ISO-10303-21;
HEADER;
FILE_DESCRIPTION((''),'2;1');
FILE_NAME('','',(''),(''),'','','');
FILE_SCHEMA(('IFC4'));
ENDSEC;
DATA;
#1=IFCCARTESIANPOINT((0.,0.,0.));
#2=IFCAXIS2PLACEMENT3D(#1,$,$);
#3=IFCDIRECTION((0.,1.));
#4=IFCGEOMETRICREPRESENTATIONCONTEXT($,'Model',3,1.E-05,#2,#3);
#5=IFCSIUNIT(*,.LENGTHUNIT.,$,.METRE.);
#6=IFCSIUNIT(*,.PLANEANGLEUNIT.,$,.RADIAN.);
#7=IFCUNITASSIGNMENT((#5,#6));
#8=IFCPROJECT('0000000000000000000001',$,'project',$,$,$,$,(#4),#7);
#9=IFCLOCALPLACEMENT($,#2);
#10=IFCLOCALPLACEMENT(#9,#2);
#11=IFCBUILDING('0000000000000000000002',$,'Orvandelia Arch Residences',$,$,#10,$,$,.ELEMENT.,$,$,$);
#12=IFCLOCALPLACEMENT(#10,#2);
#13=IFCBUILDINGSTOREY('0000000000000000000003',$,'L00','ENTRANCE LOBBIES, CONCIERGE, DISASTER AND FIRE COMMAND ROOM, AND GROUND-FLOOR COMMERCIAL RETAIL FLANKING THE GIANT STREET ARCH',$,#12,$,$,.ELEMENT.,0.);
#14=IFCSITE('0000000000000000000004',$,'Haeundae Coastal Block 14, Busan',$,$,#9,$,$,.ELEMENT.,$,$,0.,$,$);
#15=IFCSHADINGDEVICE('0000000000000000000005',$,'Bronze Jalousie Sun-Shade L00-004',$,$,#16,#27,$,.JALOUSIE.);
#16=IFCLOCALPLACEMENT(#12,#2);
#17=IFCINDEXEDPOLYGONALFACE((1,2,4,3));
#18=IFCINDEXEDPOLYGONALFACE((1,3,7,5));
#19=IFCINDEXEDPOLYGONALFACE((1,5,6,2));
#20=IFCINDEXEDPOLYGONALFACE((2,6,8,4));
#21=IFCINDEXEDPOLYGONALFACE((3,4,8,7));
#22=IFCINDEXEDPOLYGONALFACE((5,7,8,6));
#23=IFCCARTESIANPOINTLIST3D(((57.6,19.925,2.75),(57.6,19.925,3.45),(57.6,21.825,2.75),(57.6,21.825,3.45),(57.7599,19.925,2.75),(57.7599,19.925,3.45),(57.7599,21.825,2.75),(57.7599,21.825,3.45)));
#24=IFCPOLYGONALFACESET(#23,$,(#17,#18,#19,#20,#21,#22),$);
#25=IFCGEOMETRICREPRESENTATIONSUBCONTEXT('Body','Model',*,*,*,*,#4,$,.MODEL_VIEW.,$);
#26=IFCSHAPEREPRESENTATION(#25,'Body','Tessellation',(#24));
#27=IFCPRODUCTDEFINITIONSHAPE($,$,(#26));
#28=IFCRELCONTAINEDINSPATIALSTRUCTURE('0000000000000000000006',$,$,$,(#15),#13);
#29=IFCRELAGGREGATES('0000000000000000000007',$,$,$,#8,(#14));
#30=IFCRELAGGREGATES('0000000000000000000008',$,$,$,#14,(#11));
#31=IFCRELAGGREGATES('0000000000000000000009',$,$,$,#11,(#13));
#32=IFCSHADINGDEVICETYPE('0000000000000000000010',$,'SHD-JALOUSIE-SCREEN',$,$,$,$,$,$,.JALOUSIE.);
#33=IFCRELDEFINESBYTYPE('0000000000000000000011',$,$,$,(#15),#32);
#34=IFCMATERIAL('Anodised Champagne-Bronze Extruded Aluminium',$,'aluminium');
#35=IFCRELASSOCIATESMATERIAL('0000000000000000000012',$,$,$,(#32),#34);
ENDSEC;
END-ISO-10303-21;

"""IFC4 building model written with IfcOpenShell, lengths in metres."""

from ifc_helpers import new_model, si_unit, direction, frame, origin, origin_2d, place, context, subcontext, project, spatial, rectangle, extrude, material, type_object, element, save


model = new_model("IFC4")

# Units and contexts
model_context = context("Model", 3, precision=1e-05, world=origin(), true_north=direction((0.0, 1.0)))
body_context = subcontext(model_context, "Body", "Model", "MODEL_VIEW")
ifc_project = project(units=[si_unit("LENGTHUNIT", "METRE"), si_unit("PLANEANGLEUNIT", "RADIAN")], contexts=[model_context])

# Site, building, storey
site_placement = place(None, origin())
site = spatial("IfcSite", under=ifc_project, at=site_placement, Name="Haeundae Coastal Block 14, Busan", CompositionType="ELEMENT", RefElevation=0.0)
building_placement = place(site_placement, origin())
building = spatial("IfcBuilding", under=site, at=building_placement, Name="Orvandelia Arch Residences", CompositionType="ELEMENT")
storey_placement = place(building_placement, origin())
storey = spatial("IfcBuildingStorey", under=building, at=storey_placement, Name="L00", Description="ENTRANCE LOBBIES, CONCIERGE, DISASTER AND FIRE COMMAND ROOM, AND GROUND-FLOOR COMMERCIAL RETAIL FLANKING THE GIANT STREET ARCH", CompositionType="ELEMENT", Elevation=0.0)

# Shading device
ifc_material_1 = material(Name="Anodised Champagne-Bronze Extruded Aluminium", Category="aluminium")
shading_device_type = type_object("IfcShadingDeviceType", Name="SHD-JALOUSIE-SCREEN", PredefinedType="JALOUSIE", material=ifc_material_1)
shading_device_placement = place(storey_placement, frame((57.6799, 20.875, 2.75), z_axis=(0.0, 0.0, 1.0), x_axis=(0.0, -1.0, 0.0)))
element("IfcShadingDevice", 1, at=shading_device_placement, inside=storey, type_object=shading_device_type, Name="Bronze Jalousie Sun-Shade L00-004", PredefinedType="JALOUSIE", context=body_context, shape_type="SweptSolid", body=[
    extrude(rectangle(XDim=1.8999, YDim=0.1599, at=origin_2d()), origin(), (0.0, 0.0, 1.0), 0.7),
])

save(model, "model.ifc")
